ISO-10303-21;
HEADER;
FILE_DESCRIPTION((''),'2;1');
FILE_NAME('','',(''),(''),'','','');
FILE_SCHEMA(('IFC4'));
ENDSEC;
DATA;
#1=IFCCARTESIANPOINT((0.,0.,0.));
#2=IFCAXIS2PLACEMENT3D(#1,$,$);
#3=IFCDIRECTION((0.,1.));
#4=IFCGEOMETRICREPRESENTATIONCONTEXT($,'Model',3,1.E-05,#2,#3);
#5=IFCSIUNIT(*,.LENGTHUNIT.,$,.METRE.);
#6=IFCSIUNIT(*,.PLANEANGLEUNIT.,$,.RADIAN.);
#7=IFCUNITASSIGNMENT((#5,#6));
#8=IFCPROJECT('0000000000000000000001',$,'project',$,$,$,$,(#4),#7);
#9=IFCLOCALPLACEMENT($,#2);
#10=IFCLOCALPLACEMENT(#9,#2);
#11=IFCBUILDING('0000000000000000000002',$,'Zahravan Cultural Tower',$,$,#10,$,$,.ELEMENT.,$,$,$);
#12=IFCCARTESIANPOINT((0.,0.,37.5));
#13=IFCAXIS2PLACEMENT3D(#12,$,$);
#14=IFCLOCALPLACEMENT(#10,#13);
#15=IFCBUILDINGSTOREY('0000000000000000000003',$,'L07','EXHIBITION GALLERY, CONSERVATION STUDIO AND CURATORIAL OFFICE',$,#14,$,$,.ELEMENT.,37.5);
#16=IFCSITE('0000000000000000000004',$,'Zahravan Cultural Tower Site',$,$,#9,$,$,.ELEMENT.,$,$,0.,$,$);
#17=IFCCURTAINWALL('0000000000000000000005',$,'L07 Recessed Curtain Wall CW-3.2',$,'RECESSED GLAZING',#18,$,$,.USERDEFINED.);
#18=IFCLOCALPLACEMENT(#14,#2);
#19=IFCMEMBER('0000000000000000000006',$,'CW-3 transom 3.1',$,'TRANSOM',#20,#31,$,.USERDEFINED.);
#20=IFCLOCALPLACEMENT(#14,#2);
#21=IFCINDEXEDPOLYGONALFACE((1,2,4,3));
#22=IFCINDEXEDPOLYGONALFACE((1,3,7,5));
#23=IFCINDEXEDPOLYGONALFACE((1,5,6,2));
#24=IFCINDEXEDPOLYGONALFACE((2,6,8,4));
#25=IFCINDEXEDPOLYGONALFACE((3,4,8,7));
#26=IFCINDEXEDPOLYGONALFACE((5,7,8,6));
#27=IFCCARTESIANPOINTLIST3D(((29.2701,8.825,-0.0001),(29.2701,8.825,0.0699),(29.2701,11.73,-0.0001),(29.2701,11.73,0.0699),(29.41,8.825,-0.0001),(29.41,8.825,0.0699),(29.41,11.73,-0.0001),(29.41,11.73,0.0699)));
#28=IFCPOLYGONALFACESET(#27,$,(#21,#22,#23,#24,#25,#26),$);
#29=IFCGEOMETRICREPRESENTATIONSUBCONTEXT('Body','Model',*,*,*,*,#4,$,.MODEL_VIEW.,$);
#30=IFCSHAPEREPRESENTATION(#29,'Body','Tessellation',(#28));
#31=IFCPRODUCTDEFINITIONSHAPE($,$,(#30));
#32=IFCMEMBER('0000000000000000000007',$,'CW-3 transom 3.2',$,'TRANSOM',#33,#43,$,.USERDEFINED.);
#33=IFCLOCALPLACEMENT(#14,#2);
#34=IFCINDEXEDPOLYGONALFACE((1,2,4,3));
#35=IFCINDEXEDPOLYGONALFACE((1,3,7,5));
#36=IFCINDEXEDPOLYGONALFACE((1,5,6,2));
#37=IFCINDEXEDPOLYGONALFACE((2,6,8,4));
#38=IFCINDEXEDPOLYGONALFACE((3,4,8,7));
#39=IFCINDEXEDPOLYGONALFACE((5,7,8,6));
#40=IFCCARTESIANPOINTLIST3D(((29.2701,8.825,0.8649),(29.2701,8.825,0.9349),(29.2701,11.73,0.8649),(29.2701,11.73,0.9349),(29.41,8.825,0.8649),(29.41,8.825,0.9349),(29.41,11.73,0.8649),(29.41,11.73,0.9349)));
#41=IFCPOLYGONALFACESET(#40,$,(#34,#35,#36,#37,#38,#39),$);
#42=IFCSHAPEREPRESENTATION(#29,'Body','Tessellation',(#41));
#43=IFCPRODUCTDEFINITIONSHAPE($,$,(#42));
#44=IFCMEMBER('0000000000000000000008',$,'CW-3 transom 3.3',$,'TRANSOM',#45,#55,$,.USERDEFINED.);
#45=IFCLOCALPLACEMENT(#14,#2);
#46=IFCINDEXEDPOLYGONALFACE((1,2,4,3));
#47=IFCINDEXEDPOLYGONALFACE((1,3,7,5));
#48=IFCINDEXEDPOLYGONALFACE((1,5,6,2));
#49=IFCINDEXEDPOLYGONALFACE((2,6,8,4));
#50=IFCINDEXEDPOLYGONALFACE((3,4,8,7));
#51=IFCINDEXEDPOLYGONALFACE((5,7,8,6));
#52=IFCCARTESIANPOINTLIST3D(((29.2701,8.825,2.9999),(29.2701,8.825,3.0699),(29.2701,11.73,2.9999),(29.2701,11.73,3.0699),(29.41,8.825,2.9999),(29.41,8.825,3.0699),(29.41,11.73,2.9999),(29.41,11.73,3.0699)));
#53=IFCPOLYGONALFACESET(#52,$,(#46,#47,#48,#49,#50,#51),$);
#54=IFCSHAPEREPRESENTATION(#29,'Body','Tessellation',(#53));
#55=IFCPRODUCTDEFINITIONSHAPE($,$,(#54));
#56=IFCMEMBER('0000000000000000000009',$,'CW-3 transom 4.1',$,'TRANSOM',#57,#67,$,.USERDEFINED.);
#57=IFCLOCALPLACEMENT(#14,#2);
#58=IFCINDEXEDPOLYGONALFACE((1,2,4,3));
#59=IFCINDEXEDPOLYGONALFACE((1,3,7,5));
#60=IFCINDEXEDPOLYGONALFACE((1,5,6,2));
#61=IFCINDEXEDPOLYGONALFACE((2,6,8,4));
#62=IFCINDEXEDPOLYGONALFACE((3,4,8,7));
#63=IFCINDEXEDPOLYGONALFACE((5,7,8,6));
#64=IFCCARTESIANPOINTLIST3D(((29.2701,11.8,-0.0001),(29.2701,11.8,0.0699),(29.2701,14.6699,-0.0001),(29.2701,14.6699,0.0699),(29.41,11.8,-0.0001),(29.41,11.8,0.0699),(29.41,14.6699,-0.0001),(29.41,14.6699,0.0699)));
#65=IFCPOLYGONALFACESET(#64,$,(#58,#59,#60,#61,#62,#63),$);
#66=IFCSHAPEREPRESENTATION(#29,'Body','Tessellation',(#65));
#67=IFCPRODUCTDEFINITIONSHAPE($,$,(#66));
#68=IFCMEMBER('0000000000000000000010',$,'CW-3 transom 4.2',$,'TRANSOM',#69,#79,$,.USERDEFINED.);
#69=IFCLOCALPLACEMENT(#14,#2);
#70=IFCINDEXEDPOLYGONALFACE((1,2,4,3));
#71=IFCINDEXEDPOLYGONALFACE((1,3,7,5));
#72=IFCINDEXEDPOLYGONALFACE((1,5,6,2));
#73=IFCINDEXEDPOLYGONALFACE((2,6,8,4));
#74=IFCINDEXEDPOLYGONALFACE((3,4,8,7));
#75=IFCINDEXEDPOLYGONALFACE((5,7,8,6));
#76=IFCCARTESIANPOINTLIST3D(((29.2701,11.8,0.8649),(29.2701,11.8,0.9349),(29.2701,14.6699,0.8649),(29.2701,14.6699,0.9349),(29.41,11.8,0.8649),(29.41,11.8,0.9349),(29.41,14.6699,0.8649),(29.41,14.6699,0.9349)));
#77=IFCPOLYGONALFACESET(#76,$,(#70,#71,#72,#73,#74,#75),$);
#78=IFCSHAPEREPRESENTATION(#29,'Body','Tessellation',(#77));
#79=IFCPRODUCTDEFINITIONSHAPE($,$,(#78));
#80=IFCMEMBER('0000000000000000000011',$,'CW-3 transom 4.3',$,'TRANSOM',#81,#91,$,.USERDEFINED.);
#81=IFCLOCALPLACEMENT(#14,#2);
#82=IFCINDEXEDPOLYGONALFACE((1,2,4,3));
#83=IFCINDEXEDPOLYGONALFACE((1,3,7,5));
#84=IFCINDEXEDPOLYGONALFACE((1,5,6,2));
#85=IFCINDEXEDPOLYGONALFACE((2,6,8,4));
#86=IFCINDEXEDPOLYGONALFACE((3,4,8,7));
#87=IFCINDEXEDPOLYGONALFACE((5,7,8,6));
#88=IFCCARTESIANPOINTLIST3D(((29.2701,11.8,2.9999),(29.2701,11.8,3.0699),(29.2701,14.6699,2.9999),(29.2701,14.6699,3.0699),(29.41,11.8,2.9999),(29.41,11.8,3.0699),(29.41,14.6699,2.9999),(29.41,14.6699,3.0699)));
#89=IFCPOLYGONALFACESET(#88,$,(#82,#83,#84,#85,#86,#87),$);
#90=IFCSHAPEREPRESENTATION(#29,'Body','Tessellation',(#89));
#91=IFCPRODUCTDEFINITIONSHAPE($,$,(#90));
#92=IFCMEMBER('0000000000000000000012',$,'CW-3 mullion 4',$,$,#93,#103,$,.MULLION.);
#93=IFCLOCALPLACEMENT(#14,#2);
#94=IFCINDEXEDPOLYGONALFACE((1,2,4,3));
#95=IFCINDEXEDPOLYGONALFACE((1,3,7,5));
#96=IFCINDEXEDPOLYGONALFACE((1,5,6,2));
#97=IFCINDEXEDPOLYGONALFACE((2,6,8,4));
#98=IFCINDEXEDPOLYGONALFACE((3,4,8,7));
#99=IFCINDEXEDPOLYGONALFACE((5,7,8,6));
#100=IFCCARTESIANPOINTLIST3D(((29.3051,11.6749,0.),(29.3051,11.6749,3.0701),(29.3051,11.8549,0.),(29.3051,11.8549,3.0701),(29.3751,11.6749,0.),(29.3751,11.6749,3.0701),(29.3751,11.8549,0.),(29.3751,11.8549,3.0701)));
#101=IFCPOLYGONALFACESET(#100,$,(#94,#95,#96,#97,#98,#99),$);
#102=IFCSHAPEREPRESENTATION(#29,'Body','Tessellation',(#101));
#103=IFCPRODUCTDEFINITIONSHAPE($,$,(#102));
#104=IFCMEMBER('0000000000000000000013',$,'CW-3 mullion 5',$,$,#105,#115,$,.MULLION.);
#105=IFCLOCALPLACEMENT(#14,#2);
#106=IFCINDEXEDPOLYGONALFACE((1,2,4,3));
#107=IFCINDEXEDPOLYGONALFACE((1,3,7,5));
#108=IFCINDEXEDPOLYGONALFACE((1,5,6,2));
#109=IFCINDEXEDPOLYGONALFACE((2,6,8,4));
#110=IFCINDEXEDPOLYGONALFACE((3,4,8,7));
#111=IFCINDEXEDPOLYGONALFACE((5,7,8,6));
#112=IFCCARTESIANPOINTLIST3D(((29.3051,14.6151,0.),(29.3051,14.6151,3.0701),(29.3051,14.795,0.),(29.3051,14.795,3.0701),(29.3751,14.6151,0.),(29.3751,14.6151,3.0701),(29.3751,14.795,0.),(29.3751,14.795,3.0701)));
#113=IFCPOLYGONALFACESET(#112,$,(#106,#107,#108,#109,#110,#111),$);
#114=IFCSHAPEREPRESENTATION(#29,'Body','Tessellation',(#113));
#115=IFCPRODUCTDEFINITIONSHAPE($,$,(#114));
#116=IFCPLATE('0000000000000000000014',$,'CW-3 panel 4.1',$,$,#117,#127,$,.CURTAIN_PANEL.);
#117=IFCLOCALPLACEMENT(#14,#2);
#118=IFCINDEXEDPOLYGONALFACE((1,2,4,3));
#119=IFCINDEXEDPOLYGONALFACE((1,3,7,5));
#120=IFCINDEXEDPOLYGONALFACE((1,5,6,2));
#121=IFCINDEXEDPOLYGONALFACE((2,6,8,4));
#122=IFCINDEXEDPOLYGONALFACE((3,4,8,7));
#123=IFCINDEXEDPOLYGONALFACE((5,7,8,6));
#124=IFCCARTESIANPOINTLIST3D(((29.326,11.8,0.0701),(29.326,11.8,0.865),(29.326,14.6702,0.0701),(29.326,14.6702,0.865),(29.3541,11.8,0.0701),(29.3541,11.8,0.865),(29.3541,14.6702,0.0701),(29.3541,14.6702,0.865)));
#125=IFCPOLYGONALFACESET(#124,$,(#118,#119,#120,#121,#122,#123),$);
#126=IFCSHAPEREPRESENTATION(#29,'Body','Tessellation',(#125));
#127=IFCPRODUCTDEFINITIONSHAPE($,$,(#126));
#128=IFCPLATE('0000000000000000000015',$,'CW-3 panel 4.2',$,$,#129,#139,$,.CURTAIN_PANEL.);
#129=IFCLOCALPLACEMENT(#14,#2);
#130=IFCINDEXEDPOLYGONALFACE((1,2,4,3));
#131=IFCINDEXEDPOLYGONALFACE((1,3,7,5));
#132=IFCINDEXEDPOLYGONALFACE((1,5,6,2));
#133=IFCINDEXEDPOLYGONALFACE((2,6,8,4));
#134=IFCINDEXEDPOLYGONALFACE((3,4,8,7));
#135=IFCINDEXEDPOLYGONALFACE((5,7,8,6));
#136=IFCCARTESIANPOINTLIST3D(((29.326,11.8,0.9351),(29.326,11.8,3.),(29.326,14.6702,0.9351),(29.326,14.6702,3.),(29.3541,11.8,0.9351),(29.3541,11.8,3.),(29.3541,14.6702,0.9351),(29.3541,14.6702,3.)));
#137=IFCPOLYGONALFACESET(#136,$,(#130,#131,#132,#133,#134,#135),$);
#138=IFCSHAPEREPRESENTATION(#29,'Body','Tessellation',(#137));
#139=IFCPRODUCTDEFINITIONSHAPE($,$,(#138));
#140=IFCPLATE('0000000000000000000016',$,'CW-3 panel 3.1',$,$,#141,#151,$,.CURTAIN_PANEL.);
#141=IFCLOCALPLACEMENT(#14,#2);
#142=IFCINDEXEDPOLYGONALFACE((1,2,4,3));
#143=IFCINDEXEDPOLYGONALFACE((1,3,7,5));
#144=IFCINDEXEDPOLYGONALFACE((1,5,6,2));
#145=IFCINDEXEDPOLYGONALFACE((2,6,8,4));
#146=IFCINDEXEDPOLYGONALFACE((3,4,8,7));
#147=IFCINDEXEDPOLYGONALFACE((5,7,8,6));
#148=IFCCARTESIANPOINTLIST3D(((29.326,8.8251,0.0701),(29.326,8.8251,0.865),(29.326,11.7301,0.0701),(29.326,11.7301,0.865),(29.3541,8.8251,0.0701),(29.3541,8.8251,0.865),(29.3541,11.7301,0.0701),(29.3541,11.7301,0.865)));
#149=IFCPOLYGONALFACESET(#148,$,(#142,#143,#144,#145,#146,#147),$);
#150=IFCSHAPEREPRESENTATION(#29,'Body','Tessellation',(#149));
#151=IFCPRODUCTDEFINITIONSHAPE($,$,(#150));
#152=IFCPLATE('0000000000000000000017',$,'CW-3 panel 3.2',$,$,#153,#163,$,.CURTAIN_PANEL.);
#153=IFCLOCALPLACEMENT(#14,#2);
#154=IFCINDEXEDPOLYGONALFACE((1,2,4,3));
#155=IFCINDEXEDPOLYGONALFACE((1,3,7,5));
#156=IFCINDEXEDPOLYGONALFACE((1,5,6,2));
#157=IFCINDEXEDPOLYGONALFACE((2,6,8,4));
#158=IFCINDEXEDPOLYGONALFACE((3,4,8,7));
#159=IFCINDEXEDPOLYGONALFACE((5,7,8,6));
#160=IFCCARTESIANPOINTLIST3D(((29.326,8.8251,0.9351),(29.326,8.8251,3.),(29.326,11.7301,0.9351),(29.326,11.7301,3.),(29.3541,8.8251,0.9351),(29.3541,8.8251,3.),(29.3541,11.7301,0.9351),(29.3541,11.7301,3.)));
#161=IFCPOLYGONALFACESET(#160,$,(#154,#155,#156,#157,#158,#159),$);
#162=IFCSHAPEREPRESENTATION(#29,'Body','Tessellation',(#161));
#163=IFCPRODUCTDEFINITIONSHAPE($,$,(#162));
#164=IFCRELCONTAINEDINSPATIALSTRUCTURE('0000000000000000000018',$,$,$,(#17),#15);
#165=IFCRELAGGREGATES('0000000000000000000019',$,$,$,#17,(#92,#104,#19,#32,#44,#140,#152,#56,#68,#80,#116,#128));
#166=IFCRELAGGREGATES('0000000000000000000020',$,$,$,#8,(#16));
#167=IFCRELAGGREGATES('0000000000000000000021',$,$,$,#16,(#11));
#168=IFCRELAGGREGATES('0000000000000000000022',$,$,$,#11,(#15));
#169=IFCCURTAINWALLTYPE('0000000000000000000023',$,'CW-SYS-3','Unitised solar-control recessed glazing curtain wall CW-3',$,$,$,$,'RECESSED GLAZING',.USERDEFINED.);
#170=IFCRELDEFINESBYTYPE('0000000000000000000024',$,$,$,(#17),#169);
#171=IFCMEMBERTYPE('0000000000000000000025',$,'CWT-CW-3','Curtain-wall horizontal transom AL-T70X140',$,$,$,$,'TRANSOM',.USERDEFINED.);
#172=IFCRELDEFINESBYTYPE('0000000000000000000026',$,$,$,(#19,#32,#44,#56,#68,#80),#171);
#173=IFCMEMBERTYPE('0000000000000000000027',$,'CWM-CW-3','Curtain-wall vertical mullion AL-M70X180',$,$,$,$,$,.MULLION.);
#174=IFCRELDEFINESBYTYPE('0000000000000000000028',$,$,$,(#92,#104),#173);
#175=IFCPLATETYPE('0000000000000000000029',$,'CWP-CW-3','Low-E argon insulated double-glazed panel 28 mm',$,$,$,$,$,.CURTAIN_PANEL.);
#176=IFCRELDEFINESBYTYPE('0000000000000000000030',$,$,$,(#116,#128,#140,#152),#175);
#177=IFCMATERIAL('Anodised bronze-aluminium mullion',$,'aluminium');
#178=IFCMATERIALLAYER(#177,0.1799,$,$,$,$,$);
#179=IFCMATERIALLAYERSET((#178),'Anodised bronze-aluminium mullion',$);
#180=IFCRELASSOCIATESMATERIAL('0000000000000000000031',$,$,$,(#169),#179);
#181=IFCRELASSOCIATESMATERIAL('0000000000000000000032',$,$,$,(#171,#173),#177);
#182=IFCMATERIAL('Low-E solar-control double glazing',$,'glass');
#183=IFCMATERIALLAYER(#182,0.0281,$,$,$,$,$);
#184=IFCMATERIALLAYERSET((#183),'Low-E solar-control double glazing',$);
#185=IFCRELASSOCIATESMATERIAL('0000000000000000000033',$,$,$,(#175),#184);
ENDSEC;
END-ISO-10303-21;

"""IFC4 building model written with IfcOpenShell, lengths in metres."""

from ifc_helpers import new_model, si_unit, direction, frame, origin, origin_2d, place, context, subcontext, project, spatial, rectangle, extrude, source, transform, mapped, material, layer, layer_set, material_profile, profile_set, type_object, element, aggregate, save


model = new_model("IFC4")

# Units and contexts
model_context = context("Model", 3, precision=1e-05, world=origin(), true_north=direction((0.0, 1.0)))
body_context = subcontext(model_context, "Body", "Model", "MODEL_VIEW")
ifc_project = project(units=[si_unit("LENGTHUNIT", "METRE"), si_unit("PLANEANGLEUNIT", "RADIAN")], contexts=[model_context])

# Site, building, storey
site_placement = place(None, origin())
site = spatial("IfcSite", under=ifc_project, at=site_placement, Name="Zahravan Cultural Tower Site", CompositionType="ELEMENT", RefElevation=0.0)
building_placement = place(site_placement, origin())
building = spatial("IfcBuilding", under=site, at=building_placement, Name="Zahravan Cultural Tower", CompositionType="ELEMENT")
storey_placement = place(building_placement, frame((0.0, 0.0, 37.5)))
storey = spatial("IfcBuildingStorey", under=building, at=storey_placement, Name="L07", Description="EXHIBITION GALLERY, CONSERVATION STUDIO AND CURATORIAL OFFICE", CompositionType="ELEMENT", Elevation=37.5)

# Curtain wall, members, plates
ifc_material_1 = material(Name="Anodised bronze-aluminium mullion", Category="aluminium")
ifc_layer_1 = layer(ifc_material_1, 0.1799)
ifc_layer_set_1 = layer_set([ifc_layer_1], Name="Anodised bronze-aluminium mullion")
curtain_wall_type = type_object("IfcCurtainWallType", Name="CW-SYS-3", Description="Unitised solar-control recessed glazing curtain wall CW-3", ElementType="RECESSED GLAZING", PredefinedType="USERDEFINED", material=ifc_layer_set_1)
curtain_wall_placement = place(storey_placement, origin())
curtain_wall = element("IfcCurtainWall", 1, at=curtain_wall_placement, inside=storey, type_object=curtain_wall_type, Name="L07 Recessed Curtain Wall CW-3.2", ObjectType="RECESSED GLAZING", PredefinedType="USERDEFINED")
ifc_material_profile_1 = material_profile(ifc_material_1, rectangle(XDim=0.1399, YDim=0.0701, at=origin_2d()), Name="AL-T70X140")
ifc_profile_set_1 = profile_set([ifc_material_profile_1], Name="Anodised bronze-aluminium mullion")
member_type_1 = type_object("IfcMemberType", Name="CWT-CW-3", Description="Curtain-wall horizontal transom AL-T70X140", ElementType="TRANSOM", PredefinedType="USERDEFINED", material=ifc_profile_set_1)
shared_shape_1 = source(origin(), body_context, "Body", "SweptSolid", [
    extrude(rectangle(XDim=0.1399, YDim=0.0701, at=origin_2d()), origin(), (0.0, 0.0, 1.0), 2.905),
])
member_1_placement = place(storey_placement, frame((29.3401, 8.825, 0.0349), z_axis=(0.0, 1.0, 0.0), x_axis=(-1.0, 0.0, 0.0)))
member_1 = element("IfcMember", 2, at=member_1_placement, type_object=member_type_1, Name="CW-3 transom 3.1", ObjectType="TRANSOM", PredefinedType="USERDEFINED", context=body_context, shape_type="MappedRepresentation", body=[
    mapped(shared_shape_1, transform((0.0, 0.0, 0.0), x_axis=(1.0, 0.0, 0.0), y_axis=(0.0, 1.0, 0.0), z_axis=(0.0, 0.0, 1.0), scale=1.0)),
])
member_2_placement = place(storey_placement, frame((29.3401, 8.825, 0.8999), z_axis=(0.0, 1.0, 0.0), x_axis=(-1.0, 0.0, 0.0)))
member_2 = element("IfcMember", 3, at=member_2_placement, type_object=member_type_1, Name="CW-3 transom 3.2", ObjectType="TRANSOM", PredefinedType="USERDEFINED", context=body_context, shape_type="MappedRepresentation", body=[
    mapped(shared_shape_1, transform((0.0, 0.0, 0.0), x_axis=(1.0, 0.0, 0.0), y_axis=(0.0, 1.0, 0.0), z_axis=(0.0, 0.0, 1.0), scale=1.0)),
])
member_3_placement = place(storey_placement, frame((29.3401, 8.825, 3.0349), z_axis=(0.0, 1.0, 0.0), x_axis=(-1.0, 0.0, 0.0)))
member_3 = element("IfcMember", 4, at=member_3_placement, type_object=member_type_1, Name="CW-3 transom 3.3", ObjectType="TRANSOM", PredefinedType="USERDEFINED", context=body_context, shape_type="MappedRepresentation", body=[
    mapped(shared_shape_1, transform((0.0, 0.0, 0.0), x_axis=(1.0, 0.0, 0.0), y_axis=(0.0, 1.0, 0.0), z_axis=(0.0, 0.0, 1.0), scale=1.0)),
])
shared_shape_2 = source(origin(), body_context, "Body", "SweptSolid", [
    extrude(rectangle(XDim=0.1399, YDim=0.0701, at=origin_2d()), origin(), (0.0, 0.0, 1.0), 2.8699),
])
member_4_placement = place(storey_placement, frame((29.3401, 11.8, 0.0349), z_axis=(0.0, 1.0, 0.0), x_axis=(-1.0, 0.0, 0.0)))
member_4 = element("IfcMember", 5, at=member_4_placement, type_object=member_type_1, Name="CW-3 transom 4.1", ObjectType="TRANSOM", PredefinedType="USERDEFINED", context=body_context, shape_type="MappedRepresentation", body=[
    mapped(shared_shape_2, transform((0.0, 0.0, 0.0), x_axis=(1.0, 0.0, 0.0), y_axis=(0.0, 1.0, 0.0), z_axis=(0.0, 0.0, 1.0), scale=1.0)),
])
member_5_placement = place(storey_placement, frame((29.3401, 11.8, 0.8999), z_axis=(0.0, 1.0, 0.0), x_axis=(-1.0, 0.0, 0.0)))
member_5 = element("IfcMember", 6, at=member_5_placement, type_object=member_type_1, Name="CW-3 transom 4.2", ObjectType="TRANSOM", PredefinedType="USERDEFINED", context=body_context, shape_type="MappedRepresentation", body=[
    mapped(shared_shape_2, transform((0.0, 0.0, 0.0), x_axis=(1.0, 0.0, 0.0), y_axis=(0.0, 1.0, 0.0), z_axis=(0.0, 0.0, 1.0), scale=1.0)),
])
member_6_placement = place(storey_placement, frame((29.3401, 11.8, 3.0349), z_axis=(0.0, 1.0, 0.0), x_axis=(-1.0, 0.0, 0.0)))
member_6 = element("IfcMember", 7, at=member_6_placement, type_object=member_type_1, Name="CW-3 transom 4.3", ObjectType="TRANSOM", PredefinedType="USERDEFINED", context=body_context, shape_type="MappedRepresentation", body=[
    mapped(shared_shape_2, transform((0.0, 0.0, 0.0), x_axis=(1.0, 0.0, 0.0), y_axis=(0.0, 1.0, 0.0), z_axis=(0.0, 0.0, 1.0), scale=1.0)),
])
ifc_material_profile_2 = material_profile(ifc_material_1, rectangle(XDim=0.0701, YDim=0.1799, at=origin_2d()), Name="AL-M70X180")
ifc_profile_set_2 = profile_set([ifc_material_profile_2], Name="Anodised bronze-aluminium mullion")
member_type_2 = type_object("IfcMemberType", Name="CWM-CW-3", Description="Curtain-wall vertical mullion AL-M70X180", PredefinedType="MULLION", material=ifc_profile_set_2)
shared_shape_3 = source(origin(), body_context, "Body", "SweptSolid", [
    extrude(rectangle(XDim=0.0701, YDim=0.1799, at=origin_2d()), origin(), (0.0, 0.0, 1.0), 3.0701),
])
member_7_placement = place(storey_placement, frame((29.3401, 11.7649, 0.0), z_axis=(0.0, 0.0, 1.0), x_axis=(-1.0, 0.0, 0.0)))
member_7 = element("IfcMember", 8, at=member_7_placement, type_object=member_type_2, Name="CW-3 mullion 4", PredefinedType="MULLION", context=body_context, shape_type="MappedRepresentation", body=[
    mapped(shared_shape_3, transform((0.0, 0.0, 0.0), x_axis=(1.0, 0.0, 0.0), y_axis=(0.0, 1.0, 0.0), z_axis=(0.0, 0.0, 1.0), scale=1.0)),
])
member_8_placement = place(storey_placement, frame((29.3401, 14.7051, 0.0), z_axis=(0.0, 0.0, 1.0), x_axis=(-1.0, 0.0, 0.0)))
member_8 = element("IfcMember", 9, at=member_8_placement, type_object=member_type_2, Name="CW-3 mullion 5", PredefinedType="MULLION", context=body_context, shape_type="MappedRepresentation", body=[
    mapped(shared_shape_3, transform((0.0, 0.0, 0.0), x_axis=(1.0, 0.0, 0.0), y_axis=(0.0, 1.0, 0.0), z_axis=(0.0, 0.0, 1.0), scale=1.0)),
])
ifc_material_2 = material(Name="Low-E solar-control double glazing", Category="glass")
ifc_layer_2 = layer(ifc_material_2, 0.0281)
ifc_layer_set_2 = layer_set([ifc_layer_2], Name="Low-E solar-control double glazing")
plate_type = type_object("IfcPlateType", Name="CWP-CW-3", Description="Low-E argon insulated double-glazed panel 28 mm", PredefinedType="CURTAIN_PANEL", material=ifc_layer_set_2)
shared_shape_4 = source(origin(), body_context, "Body", "SweptSolid", [
    extrude(rectangle(XDim=2.8701, YDim=0.0281, at=origin_2d()), origin(), (0.0, 0.0, 1.0), 0.7949),
])
plate_1_placement = place(storey_placement, frame((29.3401, 13.2351, 0.0701), z_axis=(0.0, 0.0, 1.0), x_axis=(0.0, 1.0, 0.0)))
plate_1 = element("IfcPlate", 10, at=plate_1_placement, type_object=plate_type, Name="CW-3 panel 4.1", PredefinedType="CURTAIN_PANEL", context=body_context, shape_type="MappedRepresentation", body=[
    mapped(shared_shape_4, transform((0.0, 0.0, 0.0), x_axis=(1.0, 0.0, 0.0), y_axis=(0.0, 1.0, 0.0), z_axis=(0.0, 0.0, 1.0), scale=1.0)),
])
shared_shape_5 = source(origin(), body_context, "Body", "SweptSolid", [
    extrude(rectangle(XDim=2.8701, YDim=0.0281, at=origin_2d()), origin(), (0.0, 0.0, 1.0), 2.0649),
])
plate_2_placement = place(storey_placement, frame((29.3401, 13.2351, 0.9351), z_axis=(0.0, 0.0, 1.0), x_axis=(0.0, 1.0, 0.0)))
plate_2 = element("IfcPlate", 11, at=plate_2_placement, type_object=plate_type, Name="CW-3 panel 4.2", PredefinedType="CURTAIN_PANEL", context=body_context, shape_type="MappedRepresentation", body=[
    mapped(shared_shape_5, transform((0.0, 0.0, 0.0), x_axis=(1.0, 0.0, 0.0), y_axis=(0.0, 1.0, 0.0), z_axis=(0.0, 0.0, 1.0), scale=1.0)),
])
shared_shape_6 = source(origin(), body_context, "Body", "SweptSolid", [
    extrude(rectangle(XDim=2.905, YDim=0.0281, at=origin_2d()), origin(), (0.0, 0.0, 1.0), 0.7949),
])
plate_3_placement = place(storey_placement, frame((29.3401, 10.2776, 0.0701), z_axis=(0.0, 0.0, 1.0), x_axis=(0.0, 1.0, 0.0)))
plate_3 = element("IfcPlate", 12, at=plate_3_placement, type_object=plate_type, Name="CW-3 panel 3.1", PredefinedType="CURTAIN_PANEL", context=body_context, shape_type="MappedRepresentation", body=[
    mapped(shared_shape_6, transform((0.0, 0.0, 0.0), x_axis=(1.0, 0.0, 0.0), y_axis=(0.0, 1.0, 0.0), z_axis=(0.0, 0.0, 1.0), scale=1.0)),
])
shared_shape_7 = source(origin(), body_context, "Body", "SweptSolid", [
    extrude(rectangle(XDim=2.905, YDim=0.0281, at=origin_2d()), origin(), (0.0, 0.0, 1.0), 2.0649),
])
plate_4_placement = place(storey_placement, frame((29.3401, 10.2776, 0.9351), z_axis=(0.0, 0.0, 1.0), x_axis=(0.0, 1.0, 0.0)))
plate_4 = element("IfcPlate", 13, at=plate_4_placement, type_object=plate_type, Name="CW-3 panel 3.2", PredefinedType="CURTAIN_PANEL", context=body_context, shape_type="MappedRepresentation", body=[
    mapped(shared_shape_7, transform((0.0, 0.0, 0.0), x_axis=(1.0, 0.0, 0.0), y_axis=(0.0, 1.0, 0.0), z_axis=(0.0, 0.0, 1.0), scale=1.0)),
])
aggregate(curtain_wall, [member_7, member_8, member_1, member_2, member_3, plate_3, plate_4, member_4, member_5, member_6, plate_1, plate_2])

save(model, "model.ifc")
